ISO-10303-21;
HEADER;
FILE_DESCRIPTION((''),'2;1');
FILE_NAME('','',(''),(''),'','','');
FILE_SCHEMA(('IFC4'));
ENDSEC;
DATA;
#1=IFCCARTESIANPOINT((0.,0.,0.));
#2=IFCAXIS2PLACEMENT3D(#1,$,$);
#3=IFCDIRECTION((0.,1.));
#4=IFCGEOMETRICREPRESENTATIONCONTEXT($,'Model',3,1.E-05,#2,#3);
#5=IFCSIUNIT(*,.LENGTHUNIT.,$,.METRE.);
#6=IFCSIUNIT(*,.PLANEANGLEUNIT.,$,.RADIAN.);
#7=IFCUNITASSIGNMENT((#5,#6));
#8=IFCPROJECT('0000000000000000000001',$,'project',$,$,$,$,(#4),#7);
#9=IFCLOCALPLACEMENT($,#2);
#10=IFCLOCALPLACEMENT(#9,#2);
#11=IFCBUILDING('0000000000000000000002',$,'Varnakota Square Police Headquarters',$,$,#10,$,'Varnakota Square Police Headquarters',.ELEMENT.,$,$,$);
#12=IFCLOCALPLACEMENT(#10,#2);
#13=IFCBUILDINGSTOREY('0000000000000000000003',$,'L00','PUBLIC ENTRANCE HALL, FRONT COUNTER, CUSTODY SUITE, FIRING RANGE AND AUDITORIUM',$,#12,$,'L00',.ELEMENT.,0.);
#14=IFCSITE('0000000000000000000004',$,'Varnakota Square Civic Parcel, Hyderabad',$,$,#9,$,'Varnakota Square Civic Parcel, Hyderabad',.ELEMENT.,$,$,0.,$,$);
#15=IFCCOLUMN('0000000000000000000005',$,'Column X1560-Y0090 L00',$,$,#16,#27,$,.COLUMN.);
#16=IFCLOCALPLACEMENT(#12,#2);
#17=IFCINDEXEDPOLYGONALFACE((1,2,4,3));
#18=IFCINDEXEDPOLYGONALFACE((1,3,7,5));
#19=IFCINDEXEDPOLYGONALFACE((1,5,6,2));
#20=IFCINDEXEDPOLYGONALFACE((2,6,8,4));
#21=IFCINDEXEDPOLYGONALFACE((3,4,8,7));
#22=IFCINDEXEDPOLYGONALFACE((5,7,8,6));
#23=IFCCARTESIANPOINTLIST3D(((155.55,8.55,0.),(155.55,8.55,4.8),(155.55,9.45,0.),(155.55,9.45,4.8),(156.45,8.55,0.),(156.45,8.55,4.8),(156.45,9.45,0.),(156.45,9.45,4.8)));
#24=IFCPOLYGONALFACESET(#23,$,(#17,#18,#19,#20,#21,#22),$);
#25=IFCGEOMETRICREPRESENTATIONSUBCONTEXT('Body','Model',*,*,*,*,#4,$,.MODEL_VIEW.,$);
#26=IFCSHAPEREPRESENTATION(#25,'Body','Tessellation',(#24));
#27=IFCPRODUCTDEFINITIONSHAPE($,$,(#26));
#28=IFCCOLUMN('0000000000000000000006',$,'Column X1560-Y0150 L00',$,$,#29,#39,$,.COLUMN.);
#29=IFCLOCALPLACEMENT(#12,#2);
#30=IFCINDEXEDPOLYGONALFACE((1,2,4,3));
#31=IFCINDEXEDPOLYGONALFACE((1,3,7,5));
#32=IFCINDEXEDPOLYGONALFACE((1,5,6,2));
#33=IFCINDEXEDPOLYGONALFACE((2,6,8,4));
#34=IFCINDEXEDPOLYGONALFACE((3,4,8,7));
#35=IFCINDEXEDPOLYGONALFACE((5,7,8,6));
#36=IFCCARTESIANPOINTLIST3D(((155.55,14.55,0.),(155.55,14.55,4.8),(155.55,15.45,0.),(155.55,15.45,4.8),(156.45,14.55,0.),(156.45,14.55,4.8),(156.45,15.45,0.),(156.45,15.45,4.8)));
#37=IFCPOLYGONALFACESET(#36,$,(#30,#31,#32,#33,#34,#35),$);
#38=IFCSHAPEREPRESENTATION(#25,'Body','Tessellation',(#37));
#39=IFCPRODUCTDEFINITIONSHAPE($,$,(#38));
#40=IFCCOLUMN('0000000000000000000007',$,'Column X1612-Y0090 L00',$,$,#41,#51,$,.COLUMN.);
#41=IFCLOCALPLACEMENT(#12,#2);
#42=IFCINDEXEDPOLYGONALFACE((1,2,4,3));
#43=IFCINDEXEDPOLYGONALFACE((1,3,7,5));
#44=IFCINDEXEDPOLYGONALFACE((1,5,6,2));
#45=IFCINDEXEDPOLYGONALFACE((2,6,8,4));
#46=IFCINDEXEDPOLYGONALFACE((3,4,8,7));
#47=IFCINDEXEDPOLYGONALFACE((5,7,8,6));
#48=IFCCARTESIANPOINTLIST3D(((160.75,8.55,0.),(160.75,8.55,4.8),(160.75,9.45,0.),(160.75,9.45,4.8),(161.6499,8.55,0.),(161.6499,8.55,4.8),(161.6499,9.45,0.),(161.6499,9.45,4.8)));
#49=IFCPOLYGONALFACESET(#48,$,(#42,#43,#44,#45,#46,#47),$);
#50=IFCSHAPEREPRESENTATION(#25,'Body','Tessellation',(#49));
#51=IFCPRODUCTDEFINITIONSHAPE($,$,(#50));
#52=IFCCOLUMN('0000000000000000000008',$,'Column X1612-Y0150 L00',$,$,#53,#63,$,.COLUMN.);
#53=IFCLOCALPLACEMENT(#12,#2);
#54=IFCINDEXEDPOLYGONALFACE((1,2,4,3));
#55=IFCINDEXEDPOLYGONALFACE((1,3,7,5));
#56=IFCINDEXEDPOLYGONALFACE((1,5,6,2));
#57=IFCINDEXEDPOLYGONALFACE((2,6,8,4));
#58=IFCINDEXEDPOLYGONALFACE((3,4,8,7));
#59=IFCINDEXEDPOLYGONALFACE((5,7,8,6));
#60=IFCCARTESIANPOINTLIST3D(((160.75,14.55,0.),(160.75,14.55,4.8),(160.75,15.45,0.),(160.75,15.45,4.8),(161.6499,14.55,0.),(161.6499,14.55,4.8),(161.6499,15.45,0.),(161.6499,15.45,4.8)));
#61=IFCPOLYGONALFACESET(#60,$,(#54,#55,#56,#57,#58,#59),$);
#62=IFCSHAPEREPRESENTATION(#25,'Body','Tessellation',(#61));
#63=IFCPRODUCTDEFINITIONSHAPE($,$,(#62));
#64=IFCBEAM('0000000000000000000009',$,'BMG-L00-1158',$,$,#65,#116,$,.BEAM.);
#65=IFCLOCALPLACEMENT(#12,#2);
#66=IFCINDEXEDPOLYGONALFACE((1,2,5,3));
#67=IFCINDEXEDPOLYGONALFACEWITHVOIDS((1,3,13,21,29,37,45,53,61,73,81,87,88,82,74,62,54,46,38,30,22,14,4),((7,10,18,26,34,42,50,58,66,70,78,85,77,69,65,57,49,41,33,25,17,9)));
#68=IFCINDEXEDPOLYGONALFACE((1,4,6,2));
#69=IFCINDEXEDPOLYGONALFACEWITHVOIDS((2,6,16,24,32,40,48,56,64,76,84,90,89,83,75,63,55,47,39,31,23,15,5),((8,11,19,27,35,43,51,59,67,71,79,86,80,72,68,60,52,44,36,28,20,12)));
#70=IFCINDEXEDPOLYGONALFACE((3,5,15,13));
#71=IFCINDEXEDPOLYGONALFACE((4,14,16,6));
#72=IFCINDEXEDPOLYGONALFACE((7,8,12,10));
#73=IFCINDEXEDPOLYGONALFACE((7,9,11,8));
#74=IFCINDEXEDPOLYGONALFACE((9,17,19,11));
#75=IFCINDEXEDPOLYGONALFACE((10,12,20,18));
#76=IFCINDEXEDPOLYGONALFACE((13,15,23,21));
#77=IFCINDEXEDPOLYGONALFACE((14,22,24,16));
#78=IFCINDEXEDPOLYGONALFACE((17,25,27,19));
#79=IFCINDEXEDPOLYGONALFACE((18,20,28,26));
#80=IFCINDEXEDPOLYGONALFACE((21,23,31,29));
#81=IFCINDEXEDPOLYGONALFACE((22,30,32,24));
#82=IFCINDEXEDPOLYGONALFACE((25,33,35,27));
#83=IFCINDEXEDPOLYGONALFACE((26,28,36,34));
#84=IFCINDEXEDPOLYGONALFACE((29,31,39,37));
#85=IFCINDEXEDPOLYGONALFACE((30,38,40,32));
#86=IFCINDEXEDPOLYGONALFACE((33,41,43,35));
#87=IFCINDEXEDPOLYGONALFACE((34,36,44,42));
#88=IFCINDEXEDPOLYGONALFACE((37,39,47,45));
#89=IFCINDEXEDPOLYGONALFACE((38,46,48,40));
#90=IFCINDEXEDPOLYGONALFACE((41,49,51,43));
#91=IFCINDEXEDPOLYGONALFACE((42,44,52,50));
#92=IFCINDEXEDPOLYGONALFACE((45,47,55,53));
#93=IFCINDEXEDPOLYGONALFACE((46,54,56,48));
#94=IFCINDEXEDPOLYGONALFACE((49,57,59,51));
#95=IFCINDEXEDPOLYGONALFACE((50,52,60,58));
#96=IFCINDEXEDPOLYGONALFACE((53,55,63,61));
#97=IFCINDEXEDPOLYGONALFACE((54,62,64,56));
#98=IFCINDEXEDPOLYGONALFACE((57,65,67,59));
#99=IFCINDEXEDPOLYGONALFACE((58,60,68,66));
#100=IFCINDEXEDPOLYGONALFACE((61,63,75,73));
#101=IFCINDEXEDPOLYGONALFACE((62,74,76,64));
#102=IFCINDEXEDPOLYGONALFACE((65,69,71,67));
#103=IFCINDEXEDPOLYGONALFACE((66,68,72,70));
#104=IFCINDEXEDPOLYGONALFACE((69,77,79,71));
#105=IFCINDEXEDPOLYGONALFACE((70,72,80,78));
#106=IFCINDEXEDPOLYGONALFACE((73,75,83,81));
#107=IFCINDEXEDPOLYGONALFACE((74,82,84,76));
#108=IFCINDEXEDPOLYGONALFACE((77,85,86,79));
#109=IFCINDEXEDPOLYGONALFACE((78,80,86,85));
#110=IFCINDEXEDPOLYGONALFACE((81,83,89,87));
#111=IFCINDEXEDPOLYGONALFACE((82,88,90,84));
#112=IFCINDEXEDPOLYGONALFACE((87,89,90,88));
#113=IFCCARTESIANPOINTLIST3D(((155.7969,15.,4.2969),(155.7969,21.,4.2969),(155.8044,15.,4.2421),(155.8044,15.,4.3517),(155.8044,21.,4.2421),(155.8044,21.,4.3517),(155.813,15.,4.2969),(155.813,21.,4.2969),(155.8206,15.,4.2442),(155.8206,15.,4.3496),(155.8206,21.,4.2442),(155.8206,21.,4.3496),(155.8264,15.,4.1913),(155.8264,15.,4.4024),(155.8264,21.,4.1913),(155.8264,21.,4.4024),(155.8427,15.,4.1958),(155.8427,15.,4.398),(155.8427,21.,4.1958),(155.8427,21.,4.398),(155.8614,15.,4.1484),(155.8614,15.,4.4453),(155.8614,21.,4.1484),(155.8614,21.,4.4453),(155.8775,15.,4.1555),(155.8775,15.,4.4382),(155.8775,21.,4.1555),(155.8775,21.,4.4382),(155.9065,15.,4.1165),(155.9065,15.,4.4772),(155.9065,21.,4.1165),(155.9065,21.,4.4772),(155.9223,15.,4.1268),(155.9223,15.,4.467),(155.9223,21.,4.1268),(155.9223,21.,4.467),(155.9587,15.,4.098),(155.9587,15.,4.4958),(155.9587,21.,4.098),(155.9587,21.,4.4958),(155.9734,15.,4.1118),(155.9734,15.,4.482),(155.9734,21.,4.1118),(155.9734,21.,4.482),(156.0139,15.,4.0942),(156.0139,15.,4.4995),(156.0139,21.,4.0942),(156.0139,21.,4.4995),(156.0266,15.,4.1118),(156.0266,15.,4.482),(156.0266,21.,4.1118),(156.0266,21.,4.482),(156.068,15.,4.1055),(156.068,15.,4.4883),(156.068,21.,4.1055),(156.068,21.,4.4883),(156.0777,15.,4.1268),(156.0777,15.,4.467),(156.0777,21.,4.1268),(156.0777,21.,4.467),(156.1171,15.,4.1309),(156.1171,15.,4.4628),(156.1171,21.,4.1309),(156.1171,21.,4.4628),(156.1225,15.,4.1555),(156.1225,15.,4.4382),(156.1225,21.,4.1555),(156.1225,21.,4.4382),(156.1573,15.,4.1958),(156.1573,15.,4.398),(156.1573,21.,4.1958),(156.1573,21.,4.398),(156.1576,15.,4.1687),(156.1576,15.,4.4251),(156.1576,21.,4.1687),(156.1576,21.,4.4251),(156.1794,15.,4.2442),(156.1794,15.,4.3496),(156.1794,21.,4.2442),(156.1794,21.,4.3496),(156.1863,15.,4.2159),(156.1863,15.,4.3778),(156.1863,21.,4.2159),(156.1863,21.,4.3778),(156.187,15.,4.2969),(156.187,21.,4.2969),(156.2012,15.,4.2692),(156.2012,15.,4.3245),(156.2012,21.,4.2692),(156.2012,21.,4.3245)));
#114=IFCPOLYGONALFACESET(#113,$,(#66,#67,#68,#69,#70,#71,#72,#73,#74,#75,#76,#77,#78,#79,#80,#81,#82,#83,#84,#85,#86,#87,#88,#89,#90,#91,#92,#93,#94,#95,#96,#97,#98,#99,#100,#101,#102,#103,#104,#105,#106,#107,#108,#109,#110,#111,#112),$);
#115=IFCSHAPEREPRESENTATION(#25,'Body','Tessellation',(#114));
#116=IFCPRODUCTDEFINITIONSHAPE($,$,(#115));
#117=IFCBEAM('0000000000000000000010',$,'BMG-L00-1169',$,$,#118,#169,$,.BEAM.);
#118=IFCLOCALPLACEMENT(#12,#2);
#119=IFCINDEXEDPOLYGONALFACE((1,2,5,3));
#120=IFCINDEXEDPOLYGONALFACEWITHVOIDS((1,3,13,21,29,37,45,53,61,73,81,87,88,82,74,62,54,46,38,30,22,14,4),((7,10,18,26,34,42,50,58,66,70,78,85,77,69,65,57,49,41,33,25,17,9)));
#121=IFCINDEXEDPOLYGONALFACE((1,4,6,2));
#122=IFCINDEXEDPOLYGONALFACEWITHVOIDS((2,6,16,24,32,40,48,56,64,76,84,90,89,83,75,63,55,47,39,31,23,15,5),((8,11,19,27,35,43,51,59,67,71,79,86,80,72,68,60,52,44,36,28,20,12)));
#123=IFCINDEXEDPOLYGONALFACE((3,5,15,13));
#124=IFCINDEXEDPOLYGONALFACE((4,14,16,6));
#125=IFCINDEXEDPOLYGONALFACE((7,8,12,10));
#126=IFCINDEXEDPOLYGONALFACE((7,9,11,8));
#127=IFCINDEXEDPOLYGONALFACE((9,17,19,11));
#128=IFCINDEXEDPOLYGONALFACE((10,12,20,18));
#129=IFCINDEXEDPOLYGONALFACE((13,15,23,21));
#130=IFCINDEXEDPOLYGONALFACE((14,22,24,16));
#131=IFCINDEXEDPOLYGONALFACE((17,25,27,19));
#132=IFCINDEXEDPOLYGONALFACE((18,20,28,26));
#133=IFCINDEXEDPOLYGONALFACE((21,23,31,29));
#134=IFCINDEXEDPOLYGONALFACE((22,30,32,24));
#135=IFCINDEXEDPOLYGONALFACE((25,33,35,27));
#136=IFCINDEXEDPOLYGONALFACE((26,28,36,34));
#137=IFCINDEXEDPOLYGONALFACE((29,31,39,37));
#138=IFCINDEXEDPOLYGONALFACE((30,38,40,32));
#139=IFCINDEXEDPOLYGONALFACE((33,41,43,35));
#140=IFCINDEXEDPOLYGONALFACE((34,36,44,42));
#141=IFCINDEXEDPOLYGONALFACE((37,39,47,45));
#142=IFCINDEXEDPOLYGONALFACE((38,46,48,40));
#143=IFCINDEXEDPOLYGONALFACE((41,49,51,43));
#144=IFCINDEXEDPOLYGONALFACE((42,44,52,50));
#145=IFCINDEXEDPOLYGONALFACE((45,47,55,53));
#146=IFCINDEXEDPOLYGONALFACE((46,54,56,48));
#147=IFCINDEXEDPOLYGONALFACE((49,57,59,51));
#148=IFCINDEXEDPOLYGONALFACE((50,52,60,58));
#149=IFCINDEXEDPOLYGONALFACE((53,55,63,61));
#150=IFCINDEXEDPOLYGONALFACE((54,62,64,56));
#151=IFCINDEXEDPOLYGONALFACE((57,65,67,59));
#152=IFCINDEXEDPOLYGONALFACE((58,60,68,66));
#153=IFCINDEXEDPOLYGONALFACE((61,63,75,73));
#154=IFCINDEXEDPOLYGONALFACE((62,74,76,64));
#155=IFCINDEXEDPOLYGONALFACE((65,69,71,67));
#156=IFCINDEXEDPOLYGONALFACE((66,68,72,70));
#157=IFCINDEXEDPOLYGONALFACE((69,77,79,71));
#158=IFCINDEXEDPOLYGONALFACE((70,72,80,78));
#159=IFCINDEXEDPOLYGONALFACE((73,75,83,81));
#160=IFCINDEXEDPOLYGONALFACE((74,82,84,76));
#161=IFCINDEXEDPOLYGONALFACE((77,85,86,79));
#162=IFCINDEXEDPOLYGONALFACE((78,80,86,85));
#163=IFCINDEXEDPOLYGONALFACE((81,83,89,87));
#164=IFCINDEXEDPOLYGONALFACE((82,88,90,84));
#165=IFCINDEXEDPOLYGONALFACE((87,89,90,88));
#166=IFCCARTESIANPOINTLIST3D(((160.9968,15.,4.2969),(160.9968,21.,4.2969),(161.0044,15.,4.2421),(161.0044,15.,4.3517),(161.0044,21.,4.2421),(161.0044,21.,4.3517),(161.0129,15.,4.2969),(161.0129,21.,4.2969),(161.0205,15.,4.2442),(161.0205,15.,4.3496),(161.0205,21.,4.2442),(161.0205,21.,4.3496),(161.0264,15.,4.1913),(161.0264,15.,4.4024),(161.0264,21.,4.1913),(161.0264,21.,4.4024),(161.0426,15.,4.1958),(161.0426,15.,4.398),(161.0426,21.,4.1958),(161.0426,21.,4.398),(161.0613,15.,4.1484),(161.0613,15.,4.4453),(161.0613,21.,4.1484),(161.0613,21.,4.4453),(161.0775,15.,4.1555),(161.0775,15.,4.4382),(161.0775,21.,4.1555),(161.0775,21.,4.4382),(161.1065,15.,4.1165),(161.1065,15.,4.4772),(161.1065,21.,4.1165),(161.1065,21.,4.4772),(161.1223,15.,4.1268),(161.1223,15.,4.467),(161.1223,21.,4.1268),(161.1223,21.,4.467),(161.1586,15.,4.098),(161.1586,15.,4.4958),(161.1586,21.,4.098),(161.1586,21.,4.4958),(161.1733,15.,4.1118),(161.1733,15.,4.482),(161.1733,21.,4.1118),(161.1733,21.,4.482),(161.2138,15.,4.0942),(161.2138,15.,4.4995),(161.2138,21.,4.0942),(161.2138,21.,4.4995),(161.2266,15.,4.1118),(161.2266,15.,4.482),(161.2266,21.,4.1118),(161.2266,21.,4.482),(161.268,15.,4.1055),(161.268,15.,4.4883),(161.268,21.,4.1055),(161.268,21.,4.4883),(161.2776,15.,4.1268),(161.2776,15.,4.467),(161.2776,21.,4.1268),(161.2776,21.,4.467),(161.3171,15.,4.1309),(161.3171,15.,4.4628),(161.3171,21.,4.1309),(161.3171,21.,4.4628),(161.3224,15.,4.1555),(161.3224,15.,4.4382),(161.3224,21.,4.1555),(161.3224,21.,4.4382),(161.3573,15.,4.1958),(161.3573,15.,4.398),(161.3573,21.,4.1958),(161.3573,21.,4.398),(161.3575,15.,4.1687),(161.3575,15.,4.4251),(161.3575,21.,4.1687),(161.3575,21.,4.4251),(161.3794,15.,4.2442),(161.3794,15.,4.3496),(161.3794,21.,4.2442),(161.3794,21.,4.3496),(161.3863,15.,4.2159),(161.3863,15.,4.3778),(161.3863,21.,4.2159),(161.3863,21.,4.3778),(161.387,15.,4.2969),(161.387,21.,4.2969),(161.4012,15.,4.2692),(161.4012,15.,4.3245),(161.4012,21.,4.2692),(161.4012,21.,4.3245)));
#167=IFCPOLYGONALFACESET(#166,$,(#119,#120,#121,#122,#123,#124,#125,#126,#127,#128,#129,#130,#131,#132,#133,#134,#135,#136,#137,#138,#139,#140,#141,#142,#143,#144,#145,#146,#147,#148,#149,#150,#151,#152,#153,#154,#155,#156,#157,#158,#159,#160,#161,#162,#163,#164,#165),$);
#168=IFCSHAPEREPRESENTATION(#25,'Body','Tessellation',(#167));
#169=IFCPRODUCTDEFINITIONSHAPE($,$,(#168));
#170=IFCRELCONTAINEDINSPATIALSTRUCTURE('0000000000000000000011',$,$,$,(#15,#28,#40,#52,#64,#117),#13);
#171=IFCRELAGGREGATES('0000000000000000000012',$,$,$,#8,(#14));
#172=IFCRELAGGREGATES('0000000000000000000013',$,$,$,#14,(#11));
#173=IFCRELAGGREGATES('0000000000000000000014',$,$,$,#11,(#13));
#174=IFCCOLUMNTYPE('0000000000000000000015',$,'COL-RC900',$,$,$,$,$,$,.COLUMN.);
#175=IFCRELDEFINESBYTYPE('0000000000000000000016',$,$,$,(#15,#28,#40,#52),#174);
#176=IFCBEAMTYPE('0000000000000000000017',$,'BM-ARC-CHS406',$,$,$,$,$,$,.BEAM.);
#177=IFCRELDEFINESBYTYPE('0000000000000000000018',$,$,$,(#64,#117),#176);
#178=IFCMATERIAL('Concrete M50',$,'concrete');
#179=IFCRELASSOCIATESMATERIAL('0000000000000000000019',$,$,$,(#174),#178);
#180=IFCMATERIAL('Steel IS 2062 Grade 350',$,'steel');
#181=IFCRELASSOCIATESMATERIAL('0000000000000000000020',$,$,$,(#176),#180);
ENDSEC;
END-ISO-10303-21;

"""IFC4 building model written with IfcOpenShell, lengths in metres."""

from ifc_helpers import new_model, si_unit, direction, frame, origin, origin_2d, place, context, subcontext, project, spatial, rectangle, hollow_circle, extrude, material, material_profile, profile_set, type_object, element, save


model = new_model("IFC4")

# Units and contexts
model_context = context("Model", 3, precision=1e-05, world=origin(), true_north=direction((0.0, 1.0)))
body_context = subcontext(model_context, "Body", "Model", "MODEL_VIEW")
ifc_project = project(units=[si_unit("LENGTHUNIT", "METRE"), si_unit("PLANEANGLEUNIT", "RADIAN")], contexts=[model_context])

# Site, building, storey
site_placement = place(None, origin())
site = spatial("IfcSite", under=ifc_project, at=site_placement, Name="Varnakota Square Civic Parcel, Hyderabad", LongName="Varnakota Square Civic Parcel, Hyderabad", CompositionType="ELEMENT", RefElevation=0.0)
building_placement = place(site_placement, origin())
building = spatial("IfcBuilding", under=site, at=building_placement, Name="Varnakota Square Police Headquarters", LongName="Varnakota Square Police Headquarters", CompositionType="ELEMENT")
storey_placement = place(building_placement, origin())
storey = spatial("IfcBuildingStorey", under=building, at=storey_placement, Name="L00", Description="PUBLIC ENTRANCE HALL, FRONT COUNTER, CUSTODY SUITE, FIRING RANGE AND AUDITORIUM", LongName="L00", CompositionType="ELEMENT", Elevation=0.0)

# Columns
ifc_material_1 = material(Name="Concrete M50", Category="concrete")
ifc_material_profile_1 = material_profile(ifc_material_1, rectangle(XDim=0.8999, YDim=0.8999, at=origin_2d()), Name="RC 900x900")
ifc_profile_set_1 = profile_set([ifc_material_profile_1], Name="Concrete M50")
column_type = type_object("IfcColumnType", Name="COL-RC900", PredefinedType="COLUMN", material=ifc_profile_set_1)
for number, where, z_axis, x_axis, name in (
    (1, (156.0, 9.0, 0.0), (0.0, 0.0, 1.0), (1.0, 0.0, 0.0), "Column X1560-Y0090 L00"),
    (2, (156.0, 15.0, 0.0), (0.0, 0.0, 1.0), (1.0, 0.0, 0.0), "Column X1560-Y0150 L00"),
    (3, (161.2, 9.0, 0.0), (0.0, 0.0, 1.0), (1.0, 0.0, 0.0), "Column X1612-Y0090 L00"),
    (4, (161.2, 15.0, 0.0), (0.0, 0.0, 1.0), (1.0, 0.0, 0.0), "Column X1612-Y0150 L00"),
):
    element("IfcColumn", number, at=place(storey_placement, frame(where, z_axis=z_axis, x_axis=x_axis)), inside=storey, type_object=column_type, Name=name, PredefinedType="COLUMN", context=body_context, shape_type="SweptSolid", body=[
        extrude(rectangle(XDim=0.8999, YDim=0.8999, at=origin_2d()), origin(), (0.0, 0.0, 1.0), 4.8),
    ])

# Beams
ifc_material_2 = material(Name="Steel IS 2062 Grade 350", Category="steel")
ifc_material_profile_2 = material_profile(ifc_material_2, hollow_circle(Radius=0.2031, WallThickness=0.0161, at=origin_2d()), Name="CHS 406.4x16.0")
ifc_profile_set_2 = profile_set([ifc_material_profile_2], Name="Steel IS 2062 Grade 350")
beam_type_1 = type_object("IfcBeamType", Name="BM-ARC-CHS406", PredefinedType="BEAM", material=ifc_profile_set_2)
for number, where, z_axis, x_axis, name in (
    (5, (156.0, 15.0, 4.2969), (0.0, 1.0, 0.0), (-1.0, 0.0, 0.0), "BMG-L00-1158"),
    (6, (161.2, 15.0, 4.2969), (0.0, 1.0, 0.0), (-1.0, 0.0, 0.0), "BMG-L00-1169"),
):
    element("IfcBeam", number, at=place(storey_placement, frame(where, z_axis=z_axis, x_axis=x_axis)), inside=storey, type_object=beam_type_1, Name=name, PredefinedType="BEAM", context=body_context, shape_type="SweptSolid", body=[
        extrude(hollow_circle(Radius=0.2031, WallThickness=0.0161, at=origin_2d()), origin(), (0.0, 0.0, 1.0), 6.0),
    ])

save(model, "model.ifc")
